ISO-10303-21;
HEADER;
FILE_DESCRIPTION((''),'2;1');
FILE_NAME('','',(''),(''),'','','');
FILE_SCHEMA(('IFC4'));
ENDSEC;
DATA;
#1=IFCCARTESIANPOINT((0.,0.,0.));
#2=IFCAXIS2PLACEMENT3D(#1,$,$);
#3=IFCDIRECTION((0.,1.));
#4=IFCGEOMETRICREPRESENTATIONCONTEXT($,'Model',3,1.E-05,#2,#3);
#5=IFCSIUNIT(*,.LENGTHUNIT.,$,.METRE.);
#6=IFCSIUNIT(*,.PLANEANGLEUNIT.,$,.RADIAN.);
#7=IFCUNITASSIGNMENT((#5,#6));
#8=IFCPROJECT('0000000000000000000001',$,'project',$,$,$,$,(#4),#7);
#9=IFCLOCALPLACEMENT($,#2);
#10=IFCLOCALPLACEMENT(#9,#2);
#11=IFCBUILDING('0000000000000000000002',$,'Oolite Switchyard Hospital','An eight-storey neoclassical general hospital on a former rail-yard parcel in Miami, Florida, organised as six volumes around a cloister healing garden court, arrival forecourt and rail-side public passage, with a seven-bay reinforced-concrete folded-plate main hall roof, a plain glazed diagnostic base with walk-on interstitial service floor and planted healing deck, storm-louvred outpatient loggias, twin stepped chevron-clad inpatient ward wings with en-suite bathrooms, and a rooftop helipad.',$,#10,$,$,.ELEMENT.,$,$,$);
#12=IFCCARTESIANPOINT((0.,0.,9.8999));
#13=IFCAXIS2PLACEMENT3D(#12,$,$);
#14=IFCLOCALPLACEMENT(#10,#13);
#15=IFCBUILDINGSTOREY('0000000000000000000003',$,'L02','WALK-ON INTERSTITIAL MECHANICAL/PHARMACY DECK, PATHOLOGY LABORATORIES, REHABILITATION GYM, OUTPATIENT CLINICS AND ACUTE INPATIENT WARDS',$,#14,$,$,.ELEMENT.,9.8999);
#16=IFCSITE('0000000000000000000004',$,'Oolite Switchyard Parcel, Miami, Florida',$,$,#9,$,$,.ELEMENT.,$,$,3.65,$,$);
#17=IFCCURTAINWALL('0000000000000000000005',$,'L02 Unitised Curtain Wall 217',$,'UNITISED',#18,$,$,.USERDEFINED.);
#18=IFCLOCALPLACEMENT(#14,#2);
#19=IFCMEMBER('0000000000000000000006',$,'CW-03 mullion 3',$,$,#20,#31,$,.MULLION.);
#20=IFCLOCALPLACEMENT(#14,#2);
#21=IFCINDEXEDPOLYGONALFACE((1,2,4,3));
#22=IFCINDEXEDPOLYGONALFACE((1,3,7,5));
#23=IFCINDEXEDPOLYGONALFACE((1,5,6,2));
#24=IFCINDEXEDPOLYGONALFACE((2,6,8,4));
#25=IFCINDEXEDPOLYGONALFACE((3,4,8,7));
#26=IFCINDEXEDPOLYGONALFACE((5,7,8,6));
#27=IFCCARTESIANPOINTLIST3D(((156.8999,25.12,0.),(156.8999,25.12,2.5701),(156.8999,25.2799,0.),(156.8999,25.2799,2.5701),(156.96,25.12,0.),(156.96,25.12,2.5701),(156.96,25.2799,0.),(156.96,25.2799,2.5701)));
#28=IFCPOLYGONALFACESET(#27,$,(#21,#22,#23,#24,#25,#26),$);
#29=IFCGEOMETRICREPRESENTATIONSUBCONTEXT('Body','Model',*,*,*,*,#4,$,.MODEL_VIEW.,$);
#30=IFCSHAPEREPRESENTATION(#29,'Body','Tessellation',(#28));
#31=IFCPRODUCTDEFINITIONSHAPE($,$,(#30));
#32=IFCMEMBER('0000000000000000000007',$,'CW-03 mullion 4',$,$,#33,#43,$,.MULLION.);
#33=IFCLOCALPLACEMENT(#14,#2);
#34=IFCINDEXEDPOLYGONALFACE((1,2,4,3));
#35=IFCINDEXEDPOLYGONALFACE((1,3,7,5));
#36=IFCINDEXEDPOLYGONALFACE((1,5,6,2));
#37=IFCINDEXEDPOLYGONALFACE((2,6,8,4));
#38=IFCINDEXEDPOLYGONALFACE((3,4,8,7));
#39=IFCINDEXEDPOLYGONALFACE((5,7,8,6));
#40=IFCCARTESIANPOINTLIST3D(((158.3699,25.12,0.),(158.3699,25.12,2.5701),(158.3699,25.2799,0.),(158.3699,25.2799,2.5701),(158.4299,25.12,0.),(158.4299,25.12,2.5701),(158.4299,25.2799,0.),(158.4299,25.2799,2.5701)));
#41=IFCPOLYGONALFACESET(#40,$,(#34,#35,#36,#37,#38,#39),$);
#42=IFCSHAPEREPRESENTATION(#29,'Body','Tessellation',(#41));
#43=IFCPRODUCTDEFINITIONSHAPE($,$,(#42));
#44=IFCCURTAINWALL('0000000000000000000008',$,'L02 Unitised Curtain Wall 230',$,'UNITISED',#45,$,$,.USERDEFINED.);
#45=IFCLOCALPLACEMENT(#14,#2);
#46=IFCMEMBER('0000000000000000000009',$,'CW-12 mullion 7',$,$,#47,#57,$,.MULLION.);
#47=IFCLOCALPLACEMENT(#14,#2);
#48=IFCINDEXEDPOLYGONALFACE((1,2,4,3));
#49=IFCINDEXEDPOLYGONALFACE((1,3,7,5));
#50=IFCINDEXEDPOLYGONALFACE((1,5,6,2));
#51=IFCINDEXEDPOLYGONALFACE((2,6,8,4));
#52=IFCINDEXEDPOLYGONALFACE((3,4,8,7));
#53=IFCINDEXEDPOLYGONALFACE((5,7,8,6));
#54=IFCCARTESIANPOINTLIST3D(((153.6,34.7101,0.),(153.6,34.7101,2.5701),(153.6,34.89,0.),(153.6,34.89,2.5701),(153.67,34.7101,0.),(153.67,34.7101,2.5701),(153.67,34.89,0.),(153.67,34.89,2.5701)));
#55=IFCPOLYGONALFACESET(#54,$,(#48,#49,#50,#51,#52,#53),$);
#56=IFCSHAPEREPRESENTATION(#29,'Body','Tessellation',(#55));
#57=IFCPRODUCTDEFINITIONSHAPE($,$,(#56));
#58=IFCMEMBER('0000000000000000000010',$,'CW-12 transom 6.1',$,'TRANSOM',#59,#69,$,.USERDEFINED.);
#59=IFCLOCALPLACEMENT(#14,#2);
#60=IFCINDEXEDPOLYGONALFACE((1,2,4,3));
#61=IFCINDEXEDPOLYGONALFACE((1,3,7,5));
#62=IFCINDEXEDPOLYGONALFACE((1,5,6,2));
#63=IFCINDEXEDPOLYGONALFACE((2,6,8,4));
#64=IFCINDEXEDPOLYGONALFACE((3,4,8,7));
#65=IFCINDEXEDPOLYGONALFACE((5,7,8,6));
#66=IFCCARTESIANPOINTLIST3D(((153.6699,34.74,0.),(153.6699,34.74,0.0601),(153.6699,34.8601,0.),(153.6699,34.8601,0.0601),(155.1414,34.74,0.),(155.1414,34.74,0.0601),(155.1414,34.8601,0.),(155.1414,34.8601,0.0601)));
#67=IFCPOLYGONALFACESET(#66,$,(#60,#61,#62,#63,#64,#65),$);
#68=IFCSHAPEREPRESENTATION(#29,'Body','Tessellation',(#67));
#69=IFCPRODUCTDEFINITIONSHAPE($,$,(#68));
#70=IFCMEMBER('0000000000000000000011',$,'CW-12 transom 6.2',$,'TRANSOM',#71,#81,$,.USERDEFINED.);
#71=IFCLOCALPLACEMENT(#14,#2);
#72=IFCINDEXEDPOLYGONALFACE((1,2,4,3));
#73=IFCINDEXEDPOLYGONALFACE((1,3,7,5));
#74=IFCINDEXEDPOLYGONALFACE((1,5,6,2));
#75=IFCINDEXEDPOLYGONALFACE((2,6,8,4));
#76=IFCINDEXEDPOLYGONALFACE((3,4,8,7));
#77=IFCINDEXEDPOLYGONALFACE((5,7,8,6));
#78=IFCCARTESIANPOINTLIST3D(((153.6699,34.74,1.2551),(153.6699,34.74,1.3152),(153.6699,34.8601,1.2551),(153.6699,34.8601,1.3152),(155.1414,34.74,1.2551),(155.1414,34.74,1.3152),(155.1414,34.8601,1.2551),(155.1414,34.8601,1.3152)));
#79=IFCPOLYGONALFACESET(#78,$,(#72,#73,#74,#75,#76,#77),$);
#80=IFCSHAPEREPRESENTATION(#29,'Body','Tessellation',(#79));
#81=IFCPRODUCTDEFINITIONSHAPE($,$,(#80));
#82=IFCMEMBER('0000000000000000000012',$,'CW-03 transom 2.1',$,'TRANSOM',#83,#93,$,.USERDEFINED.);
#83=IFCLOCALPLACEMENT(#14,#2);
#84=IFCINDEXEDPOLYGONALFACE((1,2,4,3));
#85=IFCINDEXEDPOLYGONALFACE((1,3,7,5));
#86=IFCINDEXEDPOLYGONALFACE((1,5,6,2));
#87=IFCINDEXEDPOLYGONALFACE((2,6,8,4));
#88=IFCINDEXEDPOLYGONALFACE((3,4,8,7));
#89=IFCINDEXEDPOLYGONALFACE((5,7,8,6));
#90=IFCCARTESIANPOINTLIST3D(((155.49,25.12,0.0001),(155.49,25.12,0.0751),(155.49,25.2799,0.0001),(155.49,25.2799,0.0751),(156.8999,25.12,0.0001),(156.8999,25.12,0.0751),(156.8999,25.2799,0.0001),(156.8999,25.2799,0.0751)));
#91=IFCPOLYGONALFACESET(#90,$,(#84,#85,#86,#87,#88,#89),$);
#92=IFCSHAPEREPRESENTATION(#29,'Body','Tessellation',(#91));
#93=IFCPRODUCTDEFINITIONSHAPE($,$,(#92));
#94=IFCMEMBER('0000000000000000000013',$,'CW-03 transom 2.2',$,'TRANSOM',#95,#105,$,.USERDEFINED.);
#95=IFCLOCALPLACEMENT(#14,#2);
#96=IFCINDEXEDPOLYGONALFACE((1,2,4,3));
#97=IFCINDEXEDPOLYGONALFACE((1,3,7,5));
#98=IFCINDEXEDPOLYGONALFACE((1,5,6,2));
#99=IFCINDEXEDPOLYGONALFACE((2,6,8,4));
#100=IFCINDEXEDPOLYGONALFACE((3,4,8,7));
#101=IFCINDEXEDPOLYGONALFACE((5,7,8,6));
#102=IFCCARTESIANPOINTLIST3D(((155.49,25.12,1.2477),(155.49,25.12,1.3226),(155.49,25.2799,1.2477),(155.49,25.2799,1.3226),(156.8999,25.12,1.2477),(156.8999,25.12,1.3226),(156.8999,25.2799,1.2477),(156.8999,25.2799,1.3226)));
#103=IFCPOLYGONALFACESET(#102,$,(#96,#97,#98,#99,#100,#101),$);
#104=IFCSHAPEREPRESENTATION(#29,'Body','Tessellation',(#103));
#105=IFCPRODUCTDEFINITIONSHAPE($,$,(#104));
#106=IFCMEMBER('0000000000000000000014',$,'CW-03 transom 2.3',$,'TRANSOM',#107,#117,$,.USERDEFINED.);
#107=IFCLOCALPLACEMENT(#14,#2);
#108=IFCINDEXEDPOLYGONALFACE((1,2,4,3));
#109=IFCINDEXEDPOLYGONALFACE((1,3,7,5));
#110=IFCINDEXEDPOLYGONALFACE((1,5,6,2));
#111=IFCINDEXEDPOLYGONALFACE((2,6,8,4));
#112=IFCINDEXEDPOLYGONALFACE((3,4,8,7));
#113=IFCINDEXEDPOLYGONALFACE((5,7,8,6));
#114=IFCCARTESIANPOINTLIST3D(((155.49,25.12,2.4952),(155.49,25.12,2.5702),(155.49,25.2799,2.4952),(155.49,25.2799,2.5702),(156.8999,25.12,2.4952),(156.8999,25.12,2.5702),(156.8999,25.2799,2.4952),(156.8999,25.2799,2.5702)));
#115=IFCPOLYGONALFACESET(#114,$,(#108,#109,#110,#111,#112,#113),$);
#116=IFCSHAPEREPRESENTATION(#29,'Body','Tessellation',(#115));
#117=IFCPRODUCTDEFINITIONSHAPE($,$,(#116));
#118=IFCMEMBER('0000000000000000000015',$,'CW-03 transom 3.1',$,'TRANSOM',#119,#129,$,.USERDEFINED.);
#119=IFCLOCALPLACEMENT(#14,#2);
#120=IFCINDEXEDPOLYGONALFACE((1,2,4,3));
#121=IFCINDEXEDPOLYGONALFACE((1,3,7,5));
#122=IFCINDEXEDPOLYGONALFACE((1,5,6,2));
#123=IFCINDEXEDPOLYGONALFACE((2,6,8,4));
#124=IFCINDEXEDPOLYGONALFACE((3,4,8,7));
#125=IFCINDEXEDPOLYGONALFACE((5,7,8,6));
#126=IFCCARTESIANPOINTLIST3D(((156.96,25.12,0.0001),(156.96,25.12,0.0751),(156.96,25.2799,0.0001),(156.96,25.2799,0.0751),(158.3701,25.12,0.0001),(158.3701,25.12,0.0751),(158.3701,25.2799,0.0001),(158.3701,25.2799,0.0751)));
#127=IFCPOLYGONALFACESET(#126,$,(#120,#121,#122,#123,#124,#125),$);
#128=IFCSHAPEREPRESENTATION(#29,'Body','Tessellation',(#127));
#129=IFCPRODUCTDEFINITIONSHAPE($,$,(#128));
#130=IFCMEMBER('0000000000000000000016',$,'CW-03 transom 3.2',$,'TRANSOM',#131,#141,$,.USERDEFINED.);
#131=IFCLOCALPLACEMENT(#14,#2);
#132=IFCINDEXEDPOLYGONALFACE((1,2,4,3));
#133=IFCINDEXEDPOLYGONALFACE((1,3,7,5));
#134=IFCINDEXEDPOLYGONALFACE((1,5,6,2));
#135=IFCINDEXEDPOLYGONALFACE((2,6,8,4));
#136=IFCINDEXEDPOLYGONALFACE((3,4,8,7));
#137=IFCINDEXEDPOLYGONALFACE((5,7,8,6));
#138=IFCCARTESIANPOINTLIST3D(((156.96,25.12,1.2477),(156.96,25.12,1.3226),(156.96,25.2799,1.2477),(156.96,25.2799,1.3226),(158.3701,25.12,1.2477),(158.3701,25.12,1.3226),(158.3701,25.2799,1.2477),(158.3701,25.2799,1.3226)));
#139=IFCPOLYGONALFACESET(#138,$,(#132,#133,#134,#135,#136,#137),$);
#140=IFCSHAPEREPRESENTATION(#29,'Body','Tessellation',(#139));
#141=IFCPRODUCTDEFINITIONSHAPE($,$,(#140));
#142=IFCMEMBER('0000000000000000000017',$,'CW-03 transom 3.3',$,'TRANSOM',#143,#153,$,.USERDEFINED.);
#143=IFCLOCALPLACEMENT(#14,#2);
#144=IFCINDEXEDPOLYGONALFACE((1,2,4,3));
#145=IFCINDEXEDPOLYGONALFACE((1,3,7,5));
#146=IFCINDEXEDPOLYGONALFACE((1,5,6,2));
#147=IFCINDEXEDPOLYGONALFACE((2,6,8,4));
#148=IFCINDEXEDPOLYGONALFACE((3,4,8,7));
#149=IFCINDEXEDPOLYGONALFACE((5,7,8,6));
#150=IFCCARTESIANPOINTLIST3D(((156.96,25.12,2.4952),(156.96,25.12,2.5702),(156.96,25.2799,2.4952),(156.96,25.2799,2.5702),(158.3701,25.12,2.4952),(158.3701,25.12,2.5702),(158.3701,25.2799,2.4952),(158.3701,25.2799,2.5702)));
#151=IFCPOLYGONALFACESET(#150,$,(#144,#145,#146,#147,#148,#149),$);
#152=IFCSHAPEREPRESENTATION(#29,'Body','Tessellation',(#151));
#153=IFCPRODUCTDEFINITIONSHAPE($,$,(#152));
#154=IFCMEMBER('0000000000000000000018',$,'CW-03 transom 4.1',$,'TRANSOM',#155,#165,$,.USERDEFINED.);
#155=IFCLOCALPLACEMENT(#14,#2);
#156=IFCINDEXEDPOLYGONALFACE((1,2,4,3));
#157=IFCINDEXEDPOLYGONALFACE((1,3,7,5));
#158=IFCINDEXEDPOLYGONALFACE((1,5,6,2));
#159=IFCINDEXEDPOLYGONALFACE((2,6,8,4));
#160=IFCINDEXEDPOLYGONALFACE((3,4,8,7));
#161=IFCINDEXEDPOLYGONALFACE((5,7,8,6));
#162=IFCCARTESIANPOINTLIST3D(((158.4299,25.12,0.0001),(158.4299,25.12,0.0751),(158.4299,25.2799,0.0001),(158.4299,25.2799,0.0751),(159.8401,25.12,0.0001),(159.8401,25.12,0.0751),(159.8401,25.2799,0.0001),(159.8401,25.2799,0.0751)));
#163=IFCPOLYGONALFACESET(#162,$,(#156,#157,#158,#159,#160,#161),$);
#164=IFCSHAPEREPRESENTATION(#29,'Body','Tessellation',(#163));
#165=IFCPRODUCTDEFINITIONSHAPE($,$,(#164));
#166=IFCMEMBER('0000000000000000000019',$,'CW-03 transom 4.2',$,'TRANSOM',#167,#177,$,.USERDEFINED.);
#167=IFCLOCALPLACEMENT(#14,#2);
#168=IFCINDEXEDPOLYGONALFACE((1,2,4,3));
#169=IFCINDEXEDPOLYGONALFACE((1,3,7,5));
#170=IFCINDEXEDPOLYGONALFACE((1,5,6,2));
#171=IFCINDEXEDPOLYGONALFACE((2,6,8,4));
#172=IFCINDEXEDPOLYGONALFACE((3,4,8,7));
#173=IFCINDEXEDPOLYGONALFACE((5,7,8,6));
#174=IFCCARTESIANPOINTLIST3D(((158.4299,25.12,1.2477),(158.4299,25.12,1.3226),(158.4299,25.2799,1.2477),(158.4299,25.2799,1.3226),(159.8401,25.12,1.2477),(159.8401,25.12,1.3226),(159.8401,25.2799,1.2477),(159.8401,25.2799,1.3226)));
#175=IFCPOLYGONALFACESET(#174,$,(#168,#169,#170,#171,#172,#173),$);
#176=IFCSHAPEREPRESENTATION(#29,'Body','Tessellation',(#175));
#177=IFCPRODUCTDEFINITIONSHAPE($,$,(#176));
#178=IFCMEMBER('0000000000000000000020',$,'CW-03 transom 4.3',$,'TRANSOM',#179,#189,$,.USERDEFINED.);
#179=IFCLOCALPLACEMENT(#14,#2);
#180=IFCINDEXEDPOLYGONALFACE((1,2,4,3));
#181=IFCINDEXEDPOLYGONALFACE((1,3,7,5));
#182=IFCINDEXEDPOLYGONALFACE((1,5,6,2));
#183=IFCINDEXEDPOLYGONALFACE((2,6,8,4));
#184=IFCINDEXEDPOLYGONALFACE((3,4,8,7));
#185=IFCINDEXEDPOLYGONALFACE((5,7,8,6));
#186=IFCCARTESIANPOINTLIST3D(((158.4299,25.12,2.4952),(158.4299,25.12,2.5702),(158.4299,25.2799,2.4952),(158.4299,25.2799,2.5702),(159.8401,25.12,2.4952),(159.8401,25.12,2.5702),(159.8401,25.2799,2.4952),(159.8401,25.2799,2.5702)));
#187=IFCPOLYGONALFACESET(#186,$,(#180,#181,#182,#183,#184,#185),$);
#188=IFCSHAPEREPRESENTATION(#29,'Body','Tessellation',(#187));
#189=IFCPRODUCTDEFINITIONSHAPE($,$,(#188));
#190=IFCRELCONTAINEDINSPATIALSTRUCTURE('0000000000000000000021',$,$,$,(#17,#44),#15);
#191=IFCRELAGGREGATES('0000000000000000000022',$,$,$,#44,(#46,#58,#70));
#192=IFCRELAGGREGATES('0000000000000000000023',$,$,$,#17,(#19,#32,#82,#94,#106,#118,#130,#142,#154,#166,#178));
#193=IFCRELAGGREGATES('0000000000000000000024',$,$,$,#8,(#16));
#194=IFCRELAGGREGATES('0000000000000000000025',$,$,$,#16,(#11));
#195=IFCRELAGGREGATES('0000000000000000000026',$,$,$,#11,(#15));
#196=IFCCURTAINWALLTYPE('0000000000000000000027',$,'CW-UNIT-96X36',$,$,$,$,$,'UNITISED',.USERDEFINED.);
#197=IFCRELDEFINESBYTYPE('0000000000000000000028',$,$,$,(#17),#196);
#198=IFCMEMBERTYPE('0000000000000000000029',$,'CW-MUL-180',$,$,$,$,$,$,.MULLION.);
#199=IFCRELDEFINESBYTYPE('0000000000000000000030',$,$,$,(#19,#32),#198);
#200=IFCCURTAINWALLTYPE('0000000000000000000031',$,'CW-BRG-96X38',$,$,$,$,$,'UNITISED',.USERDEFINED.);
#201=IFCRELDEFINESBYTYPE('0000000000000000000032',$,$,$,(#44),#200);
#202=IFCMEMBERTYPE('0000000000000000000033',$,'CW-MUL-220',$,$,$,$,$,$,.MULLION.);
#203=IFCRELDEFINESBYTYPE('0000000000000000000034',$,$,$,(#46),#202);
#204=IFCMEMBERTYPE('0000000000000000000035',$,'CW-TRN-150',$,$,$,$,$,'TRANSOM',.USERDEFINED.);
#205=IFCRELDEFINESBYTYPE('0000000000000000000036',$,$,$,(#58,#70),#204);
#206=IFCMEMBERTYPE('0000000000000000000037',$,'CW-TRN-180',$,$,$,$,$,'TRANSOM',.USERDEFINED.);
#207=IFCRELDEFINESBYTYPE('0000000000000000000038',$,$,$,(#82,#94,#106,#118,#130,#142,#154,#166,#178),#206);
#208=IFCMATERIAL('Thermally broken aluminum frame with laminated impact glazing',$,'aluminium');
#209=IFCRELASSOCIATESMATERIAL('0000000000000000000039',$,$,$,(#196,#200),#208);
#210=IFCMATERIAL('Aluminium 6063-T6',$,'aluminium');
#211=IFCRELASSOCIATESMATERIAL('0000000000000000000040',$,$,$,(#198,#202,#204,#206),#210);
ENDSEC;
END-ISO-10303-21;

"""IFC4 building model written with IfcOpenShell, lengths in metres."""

from ifc_helpers import new_model, si_unit, direction, frame, origin, origin_2d, place, context, subcontext, project, spatial, rectangle, extrude, material, material_profile, profile_set, type_object, element, aggregate, save


model = new_model("IFC4")

# Units and contexts
model_context = context("Model", 3, precision=1e-05, world=origin(), true_north=direction((0.0, 1.0)))
body_context = subcontext(model_context, "Body", "Model", "MODEL_VIEW")
ifc_project = project(units=[si_unit("LENGTHUNIT", "METRE"), si_unit("PLANEANGLEUNIT", "RADIAN")], contexts=[model_context])

# Site, building, storey
site_placement = place(None, origin())
site = spatial("IfcSite", under=ifc_project, at=site_placement, Name="Oolite Switchyard Parcel, Miami, Florida", CompositionType="ELEMENT", RefElevation=3.65)
building_placement = place(site_placement, origin())
building = spatial("IfcBuilding", under=site, at=building_placement, Name="Oolite Switchyard Hospital", Description="An eight-storey neoclassical general hospital on a former rail-yard parcel in Miami, Florida, organised as six volumes around a cloister healing garden court, arrival forecourt and rail-side public passage, with a seven-bay reinforced-concrete folded-plate main hall roof, a plain glazed diagnostic base with walk-on interstitial service floor and planted healing deck, storm-louvred outpatient loggias, twin stepped chevron-clad inpatient ward wings with en-suite bathrooms, and a rooftop helipad.", CompositionType="ELEMENT")
storey_placement = place(building_placement, frame((0.0, 0.0, 9.8999)))
storey = spatial("IfcBuildingStorey", under=building, at=storey_placement, Name="L02", Description="WALK-ON INTERSTITIAL MECHANICAL/PHARMACY DECK, PATHOLOGY LABORATORIES, REHABILITATION GYM, OUTPATIENT CLINICS AND ACUTE INPATIENT WARDS", CompositionType="ELEMENT", Elevation=9.8999)

# Curtain walls, members
ifc_material_1 = material(Name="Thermally broken aluminum frame with laminated impact glazing", Category="aluminium")
curtain_wall_type_1 = type_object("IfcCurtainWallType", Name="CW-UNIT-96X36", ElementType="UNITISED", PredefinedType="USERDEFINED", material=ifc_material_1)
curtain_wall_1_placement = place(storey_placement, origin())
curtain_wall_1 = element("IfcCurtainWall", 1, at=curtain_wall_1_placement, inside=storey, type_object=curtain_wall_type_1, Name="L02 Unitised Curtain Wall 217", ObjectType="UNITISED", PredefinedType="USERDEFINED")
ifc_material_2 = material(Name="Aluminium 6063-T6", Category="aluminium")
ifc_material_profile_1 = material_profile(ifc_material_2, rectangle(XDim=0.1599, YDim=0.0601, at=origin_2d()), Name="CWM60X160")
ifc_profile_set_1 = profile_set([ifc_material_profile_1], Name="Aluminium 6063-T6")
member_type_1 = type_object("IfcMemberType", Name="CW-MUL-180", PredefinedType="MULLION", material=ifc_profile_set_1)
member_1_placement = place(storey_placement, frame((156.9299, 25.2, 0.0), z_axis=(0.0, 0.0, 1.0), x_axis=(0.0, 1.0, 0.0)))
member_1 = element("IfcMember", 2, at=member_1_placement, type_object=member_type_1, Name="CW-03 mullion 3", PredefinedType="MULLION", context=body_context, shape_type="SweptSolid", body=[
    extrude(rectangle(XDim=0.1599, YDim=0.0601, at=origin_2d()), origin(), (0.0, 0.0, 1.0), 2.5701),
])
member_2_placement = place(storey_placement, frame((158.3999, 25.2, 0.0), z_axis=(0.0, 0.0, 1.0), x_axis=(0.0, 1.0, 0.0)))
member_2 = element("IfcMember", 3, at=member_2_placement, type_object=member_type_1, Name="CW-03 mullion 4", PredefinedType="MULLION", context=body_context, shape_type="SweptSolid", body=[
    extrude(rectangle(XDim=0.1599, YDim=0.0601, at=origin_2d()), origin(), (0.0, 0.0, 1.0), 2.5701),
])
curtain_wall_type_2 = type_object("IfcCurtainWallType", Name="CW-BRG-96X38", ElementType="UNITISED", PredefinedType="USERDEFINED", material=ifc_material_1)
curtain_wall_2_placement = place(storey_placement, origin())
curtain_wall_2 = element("IfcCurtainWall", 4, at=curtain_wall_2_placement, inside=storey, type_object=curtain_wall_type_2, Name="L02 Unitised Curtain Wall 230", ObjectType="UNITISED", PredefinedType="USERDEFINED")
ifc_material_profile_2 = material_profile(ifc_material_2, rectangle(XDim=0.1799, YDim=0.0701, at=origin_2d()), Name="CWM70X180")
ifc_profile_set_2 = profile_set([ifc_material_profile_2], Name="Aluminium 6063-T6")
member_type_2 = type_object("IfcMemberType", Name="CW-MUL-220", PredefinedType="MULLION", material=ifc_profile_set_2)
member_3_placement = place(storey_placement, frame((153.635, 34.8, 0.0), z_axis=(0.0, 0.0, 1.0), x_axis=(0.0, -1.0, 0.0)))
member_3 = element("IfcMember", 5, at=member_3_placement, type_object=member_type_2, Name="CW-12 mullion 7", PredefinedType="MULLION", context=body_context, shape_type="SweptSolid", body=[
    extrude(rectangle(XDim=0.1799, YDim=0.0701, at=origin_2d()), origin(), (0.0, 0.0, 1.0), 2.5701),
])
ifc_material_profile_3 = material_profile(ifc_material_2, rectangle(XDim=0.1201, YDim=0.0601, at=origin_2d()), Name="CWT60X120")
ifc_profile_set_3 = profile_set([ifc_material_profile_3], Name="Aluminium 6063-T6")
member_type_3 = type_object("IfcMemberType", Name="CW-TRN-150", ElementType="TRANSOM", PredefinedType="USERDEFINED", material=ifc_profile_set_3)
member_4_placement = place(storey_placement, frame((155.1414, 34.8, 0.03), z_axis=(-1.0, 0.0, 0.0), x_axis=(0.0, -1.0, 0.0)))
member_4 = element("IfcMember", 6, at=member_4_placement, type_object=member_type_3, Name="CW-12 transom 6.1", ObjectType="TRANSOM", PredefinedType="USERDEFINED", context=body_context, shape_type="SweptSolid", body=[
    extrude(rectangle(XDim=0.1201, YDim=0.0601, at=origin_2d()), origin(), (0.0, 0.0, 1.0), 1.4714),
])
member_5_placement = place(storey_placement, frame((155.1414, 34.8, 1.2852), z_axis=(-1.0, 0.0, 0.0), x_axis=(0.0, -1.0, 0.0)))
member_5 = element("IfcMember", 7, at=member_5_placement, type_object=member_type_3, Name="CW-12 transom 6.2", ObjectType="TRANSOM", PredefinedType="USERDEFINED", context=body_context, shape_type="SweptSolid", body=[
    extrude(rectangle(XDim=0.1201, YDim=0.0601, at=origin_2d()), origin(), (0.0, 0.0, 1.0), 1.4714),
])

# Members
ifc_material_profile_4 = material_profile(ifc_material_2, rectangle(XDim=0.1599, YDim=0.075, at=origin_2d()), Name="CWT75X160")
ifc_profile_set_4 = profile_set([ifc_material_profile_4], Name="Aluminium 6063-T6")
member_type_4 = type_object("IfcMemberType", Name="CW-TRN-180", ElementType="TRANSOM", PredefinedType="USERDEFINED", material=ifc_profile_set_4)
member_6_placement = place(storey_placement, frame((155.49, 25.2, 0.0376), z_axis=(1.0, 0.0, 0.0), x_axis=(0.0, 1.0, 0.0)))
member_6 = element("IfcMember", 8, at=member_6_placement, type_object=member_type_4, Name="CW-03 transom 2.1", ObjectType="TRANSOM", PredefinedType="USERDEFINED", context=body_context, shape_type="SweptSolid", body=[
    extrude(rectangle(XDim=0.1599, YDim=0.075, at=origin_2d()), origin(), (0.0, 0.0, 1.0), 1.4099),
])
member_7_placement = place(storey_placement, frame((155.49, 25.2, 1.2852), z_axis=(1.0, 0.0, 0.0), x_axis=(0.0, 1.0, 0.0)))
member_7 = element("IfcMember", 9, at=member_7_placement, type_object=member_type_4, Name="CW-03 transom 2.2", ObjectType="TRANSOM", PredefinedType="USERDEFINED", context=body_context, shape_type="SweptSolid", body=[
    extrude(rectangle(XDim=0.1599, YDim=0.075, at=origin_2d()), origin(), (0.0, 0.0, 1.0), 1.4099),
])
member_8_placement = place(storey_placement, frame((155.49, 25.2, 2.5327), z_axis=(1.0, 0.0, 0.0), x_axis=(0.0, 1.0, 0.0)))
member_8 = element("IfcMember", 10, at=member_8_placement, type_object=member_type_4, Name="CW-03 transom 2.3", ObjectType="TRANSOM", PredefinedType="USERDEFINED", context=body_context, shape_type="SweptSolid", body=[
    extrude(rectangle(XDim=0.1599, YDim=0.075, at=origin_2d()), origin(), (0.0, 0.0, 1.0), 1.4099),
])
member_9_placement = place(storey_placement, frame((156.96, 25.2, 0.0376), z_axis=(1.0, 0.0, 0.0), x_axis=(0.0, 1.0, 0.0)))
member_9 = element("IfcMember", 11, at=member_9_placement, type_object=member_type_4, Name="CW-03 transom 3.1", ObjectType="TRANSOM", PredefinedType="USERDEFINED", context=body_context, shape_type="SweptSolid", body=[
    extrude(rectangle(XDim=0.1599, YDim=0.075, at=origin_2d()), origin(), (0.0, 0.0, 1.0), 1.4102),
])
member_10_placement = place(storey_placement, frame((156.96, 25.2, 1.2852), z_axis=(1.0, 0.0, 0.0), x_axis=(0.0, 1.0, 0.0)))
member_10 = element("IfcMember", 12, at=member_10_placement, type_object=member_type_4, Name="CW-03 transom 3.2", ObjectType="TRANSOM", PredefinedType="USERDEFINED", context=body_context, shape_type="SweptSolid", body=[
    extrude(rectangle(XDim=0.1599, YDim=0.075, at=origin_2d()), origin(), (0.0, 0.0, 1.0), 1.4102),
])
member_11_placement = place(storey_placement, frame((156.96, 25.2, 2.5327), z_axis=(1.0, 0.0, 0.0), x_axis=(0.0, 1.0, 0.0)))
member_11 = element("IfcMember", 13, at=member_11_placement, type_object=member_type_4, Name="CW-03 transom 3.3", ObjectType="TRANSOM", PredefinedType="USERDEFINED", context=body_context, shape_type="SweptSolid", body=[
    extrude(rectangle(XDim=0.1599, YDim=0.075, at=origin_2d()), origin(), (0.0, 0.0, 1.0), 1.4102),
])
member_12_placement = place(storey_placement, frame((158.4299, 25.2, 0.0376), z_axis=(1.0, 0.0, 0.0), x_axis=(0.0, 1.0, 0.0)))
member_12 = element("IfcMember", 14, at=member_12_placement, type_object=member_type_4, Name="CW-03 transom 4.1", ObjectType="TRANSOM", PredefinedType="USERDEFINED", context=body_context, shape_type="SweptSolid", body=[
    extrude(rectangle(XDim=0.1599, YDim=0.075, at=origin_2d()), origin(), (0.0, 0.0, 1.0), 1.4102),
])
member_13_placement = place(storey_placement, frame((158.4299, 25.2, 1.2852), z_axis=(1.0, 0.0, 0.0), x_axis=(0.0, 1.0, 0.0)))
member_13 = element("IfcMember", 15, at=member_13_placement, type_object=member_type_4, Name="CW-03 transom 4.2", ObjectType="TRANSOM", PredefinedType="USERDEFINED", context=body_context, shape_type="SweptSolid", body=[
    extrude(rectangle(XDim=0.1599, YDim=0.075, at=origin_2d()), origin(), (0.0, 0.0, 1.0), 1.4102),
])
member_14_placement = place(storey_placement, frame((158.4299, 25.2, 2.5327), z_axis=(1.0, 0.0, 0.0), x_axis=(0.0, 1.0, 0.0)))
member_14 = element("IfcMember", 16, at=member_14_placement, type_object=member_type_4, Name="CW-03 transom 4.3", ObjectType="TRANSOM", PredefinedType="USERDEFINED", context=body_context, shape_type="SweptSolid", body=[
    extrude(rectangle(XDim=0.1599, YDim=0.075, at=origin_2d()), origin(), (0.0, 0.0, 1.0), 1.4102),
])

aggregate(curtain_wall_2, [member_3, member_4, member_5])
aggregate(curtain_wall_1, [member_1, member_2, member_6, member_7, member_8, member_9, member_10, member_11, member_12, member_13, member_14])

save(model, "model.ifc")
